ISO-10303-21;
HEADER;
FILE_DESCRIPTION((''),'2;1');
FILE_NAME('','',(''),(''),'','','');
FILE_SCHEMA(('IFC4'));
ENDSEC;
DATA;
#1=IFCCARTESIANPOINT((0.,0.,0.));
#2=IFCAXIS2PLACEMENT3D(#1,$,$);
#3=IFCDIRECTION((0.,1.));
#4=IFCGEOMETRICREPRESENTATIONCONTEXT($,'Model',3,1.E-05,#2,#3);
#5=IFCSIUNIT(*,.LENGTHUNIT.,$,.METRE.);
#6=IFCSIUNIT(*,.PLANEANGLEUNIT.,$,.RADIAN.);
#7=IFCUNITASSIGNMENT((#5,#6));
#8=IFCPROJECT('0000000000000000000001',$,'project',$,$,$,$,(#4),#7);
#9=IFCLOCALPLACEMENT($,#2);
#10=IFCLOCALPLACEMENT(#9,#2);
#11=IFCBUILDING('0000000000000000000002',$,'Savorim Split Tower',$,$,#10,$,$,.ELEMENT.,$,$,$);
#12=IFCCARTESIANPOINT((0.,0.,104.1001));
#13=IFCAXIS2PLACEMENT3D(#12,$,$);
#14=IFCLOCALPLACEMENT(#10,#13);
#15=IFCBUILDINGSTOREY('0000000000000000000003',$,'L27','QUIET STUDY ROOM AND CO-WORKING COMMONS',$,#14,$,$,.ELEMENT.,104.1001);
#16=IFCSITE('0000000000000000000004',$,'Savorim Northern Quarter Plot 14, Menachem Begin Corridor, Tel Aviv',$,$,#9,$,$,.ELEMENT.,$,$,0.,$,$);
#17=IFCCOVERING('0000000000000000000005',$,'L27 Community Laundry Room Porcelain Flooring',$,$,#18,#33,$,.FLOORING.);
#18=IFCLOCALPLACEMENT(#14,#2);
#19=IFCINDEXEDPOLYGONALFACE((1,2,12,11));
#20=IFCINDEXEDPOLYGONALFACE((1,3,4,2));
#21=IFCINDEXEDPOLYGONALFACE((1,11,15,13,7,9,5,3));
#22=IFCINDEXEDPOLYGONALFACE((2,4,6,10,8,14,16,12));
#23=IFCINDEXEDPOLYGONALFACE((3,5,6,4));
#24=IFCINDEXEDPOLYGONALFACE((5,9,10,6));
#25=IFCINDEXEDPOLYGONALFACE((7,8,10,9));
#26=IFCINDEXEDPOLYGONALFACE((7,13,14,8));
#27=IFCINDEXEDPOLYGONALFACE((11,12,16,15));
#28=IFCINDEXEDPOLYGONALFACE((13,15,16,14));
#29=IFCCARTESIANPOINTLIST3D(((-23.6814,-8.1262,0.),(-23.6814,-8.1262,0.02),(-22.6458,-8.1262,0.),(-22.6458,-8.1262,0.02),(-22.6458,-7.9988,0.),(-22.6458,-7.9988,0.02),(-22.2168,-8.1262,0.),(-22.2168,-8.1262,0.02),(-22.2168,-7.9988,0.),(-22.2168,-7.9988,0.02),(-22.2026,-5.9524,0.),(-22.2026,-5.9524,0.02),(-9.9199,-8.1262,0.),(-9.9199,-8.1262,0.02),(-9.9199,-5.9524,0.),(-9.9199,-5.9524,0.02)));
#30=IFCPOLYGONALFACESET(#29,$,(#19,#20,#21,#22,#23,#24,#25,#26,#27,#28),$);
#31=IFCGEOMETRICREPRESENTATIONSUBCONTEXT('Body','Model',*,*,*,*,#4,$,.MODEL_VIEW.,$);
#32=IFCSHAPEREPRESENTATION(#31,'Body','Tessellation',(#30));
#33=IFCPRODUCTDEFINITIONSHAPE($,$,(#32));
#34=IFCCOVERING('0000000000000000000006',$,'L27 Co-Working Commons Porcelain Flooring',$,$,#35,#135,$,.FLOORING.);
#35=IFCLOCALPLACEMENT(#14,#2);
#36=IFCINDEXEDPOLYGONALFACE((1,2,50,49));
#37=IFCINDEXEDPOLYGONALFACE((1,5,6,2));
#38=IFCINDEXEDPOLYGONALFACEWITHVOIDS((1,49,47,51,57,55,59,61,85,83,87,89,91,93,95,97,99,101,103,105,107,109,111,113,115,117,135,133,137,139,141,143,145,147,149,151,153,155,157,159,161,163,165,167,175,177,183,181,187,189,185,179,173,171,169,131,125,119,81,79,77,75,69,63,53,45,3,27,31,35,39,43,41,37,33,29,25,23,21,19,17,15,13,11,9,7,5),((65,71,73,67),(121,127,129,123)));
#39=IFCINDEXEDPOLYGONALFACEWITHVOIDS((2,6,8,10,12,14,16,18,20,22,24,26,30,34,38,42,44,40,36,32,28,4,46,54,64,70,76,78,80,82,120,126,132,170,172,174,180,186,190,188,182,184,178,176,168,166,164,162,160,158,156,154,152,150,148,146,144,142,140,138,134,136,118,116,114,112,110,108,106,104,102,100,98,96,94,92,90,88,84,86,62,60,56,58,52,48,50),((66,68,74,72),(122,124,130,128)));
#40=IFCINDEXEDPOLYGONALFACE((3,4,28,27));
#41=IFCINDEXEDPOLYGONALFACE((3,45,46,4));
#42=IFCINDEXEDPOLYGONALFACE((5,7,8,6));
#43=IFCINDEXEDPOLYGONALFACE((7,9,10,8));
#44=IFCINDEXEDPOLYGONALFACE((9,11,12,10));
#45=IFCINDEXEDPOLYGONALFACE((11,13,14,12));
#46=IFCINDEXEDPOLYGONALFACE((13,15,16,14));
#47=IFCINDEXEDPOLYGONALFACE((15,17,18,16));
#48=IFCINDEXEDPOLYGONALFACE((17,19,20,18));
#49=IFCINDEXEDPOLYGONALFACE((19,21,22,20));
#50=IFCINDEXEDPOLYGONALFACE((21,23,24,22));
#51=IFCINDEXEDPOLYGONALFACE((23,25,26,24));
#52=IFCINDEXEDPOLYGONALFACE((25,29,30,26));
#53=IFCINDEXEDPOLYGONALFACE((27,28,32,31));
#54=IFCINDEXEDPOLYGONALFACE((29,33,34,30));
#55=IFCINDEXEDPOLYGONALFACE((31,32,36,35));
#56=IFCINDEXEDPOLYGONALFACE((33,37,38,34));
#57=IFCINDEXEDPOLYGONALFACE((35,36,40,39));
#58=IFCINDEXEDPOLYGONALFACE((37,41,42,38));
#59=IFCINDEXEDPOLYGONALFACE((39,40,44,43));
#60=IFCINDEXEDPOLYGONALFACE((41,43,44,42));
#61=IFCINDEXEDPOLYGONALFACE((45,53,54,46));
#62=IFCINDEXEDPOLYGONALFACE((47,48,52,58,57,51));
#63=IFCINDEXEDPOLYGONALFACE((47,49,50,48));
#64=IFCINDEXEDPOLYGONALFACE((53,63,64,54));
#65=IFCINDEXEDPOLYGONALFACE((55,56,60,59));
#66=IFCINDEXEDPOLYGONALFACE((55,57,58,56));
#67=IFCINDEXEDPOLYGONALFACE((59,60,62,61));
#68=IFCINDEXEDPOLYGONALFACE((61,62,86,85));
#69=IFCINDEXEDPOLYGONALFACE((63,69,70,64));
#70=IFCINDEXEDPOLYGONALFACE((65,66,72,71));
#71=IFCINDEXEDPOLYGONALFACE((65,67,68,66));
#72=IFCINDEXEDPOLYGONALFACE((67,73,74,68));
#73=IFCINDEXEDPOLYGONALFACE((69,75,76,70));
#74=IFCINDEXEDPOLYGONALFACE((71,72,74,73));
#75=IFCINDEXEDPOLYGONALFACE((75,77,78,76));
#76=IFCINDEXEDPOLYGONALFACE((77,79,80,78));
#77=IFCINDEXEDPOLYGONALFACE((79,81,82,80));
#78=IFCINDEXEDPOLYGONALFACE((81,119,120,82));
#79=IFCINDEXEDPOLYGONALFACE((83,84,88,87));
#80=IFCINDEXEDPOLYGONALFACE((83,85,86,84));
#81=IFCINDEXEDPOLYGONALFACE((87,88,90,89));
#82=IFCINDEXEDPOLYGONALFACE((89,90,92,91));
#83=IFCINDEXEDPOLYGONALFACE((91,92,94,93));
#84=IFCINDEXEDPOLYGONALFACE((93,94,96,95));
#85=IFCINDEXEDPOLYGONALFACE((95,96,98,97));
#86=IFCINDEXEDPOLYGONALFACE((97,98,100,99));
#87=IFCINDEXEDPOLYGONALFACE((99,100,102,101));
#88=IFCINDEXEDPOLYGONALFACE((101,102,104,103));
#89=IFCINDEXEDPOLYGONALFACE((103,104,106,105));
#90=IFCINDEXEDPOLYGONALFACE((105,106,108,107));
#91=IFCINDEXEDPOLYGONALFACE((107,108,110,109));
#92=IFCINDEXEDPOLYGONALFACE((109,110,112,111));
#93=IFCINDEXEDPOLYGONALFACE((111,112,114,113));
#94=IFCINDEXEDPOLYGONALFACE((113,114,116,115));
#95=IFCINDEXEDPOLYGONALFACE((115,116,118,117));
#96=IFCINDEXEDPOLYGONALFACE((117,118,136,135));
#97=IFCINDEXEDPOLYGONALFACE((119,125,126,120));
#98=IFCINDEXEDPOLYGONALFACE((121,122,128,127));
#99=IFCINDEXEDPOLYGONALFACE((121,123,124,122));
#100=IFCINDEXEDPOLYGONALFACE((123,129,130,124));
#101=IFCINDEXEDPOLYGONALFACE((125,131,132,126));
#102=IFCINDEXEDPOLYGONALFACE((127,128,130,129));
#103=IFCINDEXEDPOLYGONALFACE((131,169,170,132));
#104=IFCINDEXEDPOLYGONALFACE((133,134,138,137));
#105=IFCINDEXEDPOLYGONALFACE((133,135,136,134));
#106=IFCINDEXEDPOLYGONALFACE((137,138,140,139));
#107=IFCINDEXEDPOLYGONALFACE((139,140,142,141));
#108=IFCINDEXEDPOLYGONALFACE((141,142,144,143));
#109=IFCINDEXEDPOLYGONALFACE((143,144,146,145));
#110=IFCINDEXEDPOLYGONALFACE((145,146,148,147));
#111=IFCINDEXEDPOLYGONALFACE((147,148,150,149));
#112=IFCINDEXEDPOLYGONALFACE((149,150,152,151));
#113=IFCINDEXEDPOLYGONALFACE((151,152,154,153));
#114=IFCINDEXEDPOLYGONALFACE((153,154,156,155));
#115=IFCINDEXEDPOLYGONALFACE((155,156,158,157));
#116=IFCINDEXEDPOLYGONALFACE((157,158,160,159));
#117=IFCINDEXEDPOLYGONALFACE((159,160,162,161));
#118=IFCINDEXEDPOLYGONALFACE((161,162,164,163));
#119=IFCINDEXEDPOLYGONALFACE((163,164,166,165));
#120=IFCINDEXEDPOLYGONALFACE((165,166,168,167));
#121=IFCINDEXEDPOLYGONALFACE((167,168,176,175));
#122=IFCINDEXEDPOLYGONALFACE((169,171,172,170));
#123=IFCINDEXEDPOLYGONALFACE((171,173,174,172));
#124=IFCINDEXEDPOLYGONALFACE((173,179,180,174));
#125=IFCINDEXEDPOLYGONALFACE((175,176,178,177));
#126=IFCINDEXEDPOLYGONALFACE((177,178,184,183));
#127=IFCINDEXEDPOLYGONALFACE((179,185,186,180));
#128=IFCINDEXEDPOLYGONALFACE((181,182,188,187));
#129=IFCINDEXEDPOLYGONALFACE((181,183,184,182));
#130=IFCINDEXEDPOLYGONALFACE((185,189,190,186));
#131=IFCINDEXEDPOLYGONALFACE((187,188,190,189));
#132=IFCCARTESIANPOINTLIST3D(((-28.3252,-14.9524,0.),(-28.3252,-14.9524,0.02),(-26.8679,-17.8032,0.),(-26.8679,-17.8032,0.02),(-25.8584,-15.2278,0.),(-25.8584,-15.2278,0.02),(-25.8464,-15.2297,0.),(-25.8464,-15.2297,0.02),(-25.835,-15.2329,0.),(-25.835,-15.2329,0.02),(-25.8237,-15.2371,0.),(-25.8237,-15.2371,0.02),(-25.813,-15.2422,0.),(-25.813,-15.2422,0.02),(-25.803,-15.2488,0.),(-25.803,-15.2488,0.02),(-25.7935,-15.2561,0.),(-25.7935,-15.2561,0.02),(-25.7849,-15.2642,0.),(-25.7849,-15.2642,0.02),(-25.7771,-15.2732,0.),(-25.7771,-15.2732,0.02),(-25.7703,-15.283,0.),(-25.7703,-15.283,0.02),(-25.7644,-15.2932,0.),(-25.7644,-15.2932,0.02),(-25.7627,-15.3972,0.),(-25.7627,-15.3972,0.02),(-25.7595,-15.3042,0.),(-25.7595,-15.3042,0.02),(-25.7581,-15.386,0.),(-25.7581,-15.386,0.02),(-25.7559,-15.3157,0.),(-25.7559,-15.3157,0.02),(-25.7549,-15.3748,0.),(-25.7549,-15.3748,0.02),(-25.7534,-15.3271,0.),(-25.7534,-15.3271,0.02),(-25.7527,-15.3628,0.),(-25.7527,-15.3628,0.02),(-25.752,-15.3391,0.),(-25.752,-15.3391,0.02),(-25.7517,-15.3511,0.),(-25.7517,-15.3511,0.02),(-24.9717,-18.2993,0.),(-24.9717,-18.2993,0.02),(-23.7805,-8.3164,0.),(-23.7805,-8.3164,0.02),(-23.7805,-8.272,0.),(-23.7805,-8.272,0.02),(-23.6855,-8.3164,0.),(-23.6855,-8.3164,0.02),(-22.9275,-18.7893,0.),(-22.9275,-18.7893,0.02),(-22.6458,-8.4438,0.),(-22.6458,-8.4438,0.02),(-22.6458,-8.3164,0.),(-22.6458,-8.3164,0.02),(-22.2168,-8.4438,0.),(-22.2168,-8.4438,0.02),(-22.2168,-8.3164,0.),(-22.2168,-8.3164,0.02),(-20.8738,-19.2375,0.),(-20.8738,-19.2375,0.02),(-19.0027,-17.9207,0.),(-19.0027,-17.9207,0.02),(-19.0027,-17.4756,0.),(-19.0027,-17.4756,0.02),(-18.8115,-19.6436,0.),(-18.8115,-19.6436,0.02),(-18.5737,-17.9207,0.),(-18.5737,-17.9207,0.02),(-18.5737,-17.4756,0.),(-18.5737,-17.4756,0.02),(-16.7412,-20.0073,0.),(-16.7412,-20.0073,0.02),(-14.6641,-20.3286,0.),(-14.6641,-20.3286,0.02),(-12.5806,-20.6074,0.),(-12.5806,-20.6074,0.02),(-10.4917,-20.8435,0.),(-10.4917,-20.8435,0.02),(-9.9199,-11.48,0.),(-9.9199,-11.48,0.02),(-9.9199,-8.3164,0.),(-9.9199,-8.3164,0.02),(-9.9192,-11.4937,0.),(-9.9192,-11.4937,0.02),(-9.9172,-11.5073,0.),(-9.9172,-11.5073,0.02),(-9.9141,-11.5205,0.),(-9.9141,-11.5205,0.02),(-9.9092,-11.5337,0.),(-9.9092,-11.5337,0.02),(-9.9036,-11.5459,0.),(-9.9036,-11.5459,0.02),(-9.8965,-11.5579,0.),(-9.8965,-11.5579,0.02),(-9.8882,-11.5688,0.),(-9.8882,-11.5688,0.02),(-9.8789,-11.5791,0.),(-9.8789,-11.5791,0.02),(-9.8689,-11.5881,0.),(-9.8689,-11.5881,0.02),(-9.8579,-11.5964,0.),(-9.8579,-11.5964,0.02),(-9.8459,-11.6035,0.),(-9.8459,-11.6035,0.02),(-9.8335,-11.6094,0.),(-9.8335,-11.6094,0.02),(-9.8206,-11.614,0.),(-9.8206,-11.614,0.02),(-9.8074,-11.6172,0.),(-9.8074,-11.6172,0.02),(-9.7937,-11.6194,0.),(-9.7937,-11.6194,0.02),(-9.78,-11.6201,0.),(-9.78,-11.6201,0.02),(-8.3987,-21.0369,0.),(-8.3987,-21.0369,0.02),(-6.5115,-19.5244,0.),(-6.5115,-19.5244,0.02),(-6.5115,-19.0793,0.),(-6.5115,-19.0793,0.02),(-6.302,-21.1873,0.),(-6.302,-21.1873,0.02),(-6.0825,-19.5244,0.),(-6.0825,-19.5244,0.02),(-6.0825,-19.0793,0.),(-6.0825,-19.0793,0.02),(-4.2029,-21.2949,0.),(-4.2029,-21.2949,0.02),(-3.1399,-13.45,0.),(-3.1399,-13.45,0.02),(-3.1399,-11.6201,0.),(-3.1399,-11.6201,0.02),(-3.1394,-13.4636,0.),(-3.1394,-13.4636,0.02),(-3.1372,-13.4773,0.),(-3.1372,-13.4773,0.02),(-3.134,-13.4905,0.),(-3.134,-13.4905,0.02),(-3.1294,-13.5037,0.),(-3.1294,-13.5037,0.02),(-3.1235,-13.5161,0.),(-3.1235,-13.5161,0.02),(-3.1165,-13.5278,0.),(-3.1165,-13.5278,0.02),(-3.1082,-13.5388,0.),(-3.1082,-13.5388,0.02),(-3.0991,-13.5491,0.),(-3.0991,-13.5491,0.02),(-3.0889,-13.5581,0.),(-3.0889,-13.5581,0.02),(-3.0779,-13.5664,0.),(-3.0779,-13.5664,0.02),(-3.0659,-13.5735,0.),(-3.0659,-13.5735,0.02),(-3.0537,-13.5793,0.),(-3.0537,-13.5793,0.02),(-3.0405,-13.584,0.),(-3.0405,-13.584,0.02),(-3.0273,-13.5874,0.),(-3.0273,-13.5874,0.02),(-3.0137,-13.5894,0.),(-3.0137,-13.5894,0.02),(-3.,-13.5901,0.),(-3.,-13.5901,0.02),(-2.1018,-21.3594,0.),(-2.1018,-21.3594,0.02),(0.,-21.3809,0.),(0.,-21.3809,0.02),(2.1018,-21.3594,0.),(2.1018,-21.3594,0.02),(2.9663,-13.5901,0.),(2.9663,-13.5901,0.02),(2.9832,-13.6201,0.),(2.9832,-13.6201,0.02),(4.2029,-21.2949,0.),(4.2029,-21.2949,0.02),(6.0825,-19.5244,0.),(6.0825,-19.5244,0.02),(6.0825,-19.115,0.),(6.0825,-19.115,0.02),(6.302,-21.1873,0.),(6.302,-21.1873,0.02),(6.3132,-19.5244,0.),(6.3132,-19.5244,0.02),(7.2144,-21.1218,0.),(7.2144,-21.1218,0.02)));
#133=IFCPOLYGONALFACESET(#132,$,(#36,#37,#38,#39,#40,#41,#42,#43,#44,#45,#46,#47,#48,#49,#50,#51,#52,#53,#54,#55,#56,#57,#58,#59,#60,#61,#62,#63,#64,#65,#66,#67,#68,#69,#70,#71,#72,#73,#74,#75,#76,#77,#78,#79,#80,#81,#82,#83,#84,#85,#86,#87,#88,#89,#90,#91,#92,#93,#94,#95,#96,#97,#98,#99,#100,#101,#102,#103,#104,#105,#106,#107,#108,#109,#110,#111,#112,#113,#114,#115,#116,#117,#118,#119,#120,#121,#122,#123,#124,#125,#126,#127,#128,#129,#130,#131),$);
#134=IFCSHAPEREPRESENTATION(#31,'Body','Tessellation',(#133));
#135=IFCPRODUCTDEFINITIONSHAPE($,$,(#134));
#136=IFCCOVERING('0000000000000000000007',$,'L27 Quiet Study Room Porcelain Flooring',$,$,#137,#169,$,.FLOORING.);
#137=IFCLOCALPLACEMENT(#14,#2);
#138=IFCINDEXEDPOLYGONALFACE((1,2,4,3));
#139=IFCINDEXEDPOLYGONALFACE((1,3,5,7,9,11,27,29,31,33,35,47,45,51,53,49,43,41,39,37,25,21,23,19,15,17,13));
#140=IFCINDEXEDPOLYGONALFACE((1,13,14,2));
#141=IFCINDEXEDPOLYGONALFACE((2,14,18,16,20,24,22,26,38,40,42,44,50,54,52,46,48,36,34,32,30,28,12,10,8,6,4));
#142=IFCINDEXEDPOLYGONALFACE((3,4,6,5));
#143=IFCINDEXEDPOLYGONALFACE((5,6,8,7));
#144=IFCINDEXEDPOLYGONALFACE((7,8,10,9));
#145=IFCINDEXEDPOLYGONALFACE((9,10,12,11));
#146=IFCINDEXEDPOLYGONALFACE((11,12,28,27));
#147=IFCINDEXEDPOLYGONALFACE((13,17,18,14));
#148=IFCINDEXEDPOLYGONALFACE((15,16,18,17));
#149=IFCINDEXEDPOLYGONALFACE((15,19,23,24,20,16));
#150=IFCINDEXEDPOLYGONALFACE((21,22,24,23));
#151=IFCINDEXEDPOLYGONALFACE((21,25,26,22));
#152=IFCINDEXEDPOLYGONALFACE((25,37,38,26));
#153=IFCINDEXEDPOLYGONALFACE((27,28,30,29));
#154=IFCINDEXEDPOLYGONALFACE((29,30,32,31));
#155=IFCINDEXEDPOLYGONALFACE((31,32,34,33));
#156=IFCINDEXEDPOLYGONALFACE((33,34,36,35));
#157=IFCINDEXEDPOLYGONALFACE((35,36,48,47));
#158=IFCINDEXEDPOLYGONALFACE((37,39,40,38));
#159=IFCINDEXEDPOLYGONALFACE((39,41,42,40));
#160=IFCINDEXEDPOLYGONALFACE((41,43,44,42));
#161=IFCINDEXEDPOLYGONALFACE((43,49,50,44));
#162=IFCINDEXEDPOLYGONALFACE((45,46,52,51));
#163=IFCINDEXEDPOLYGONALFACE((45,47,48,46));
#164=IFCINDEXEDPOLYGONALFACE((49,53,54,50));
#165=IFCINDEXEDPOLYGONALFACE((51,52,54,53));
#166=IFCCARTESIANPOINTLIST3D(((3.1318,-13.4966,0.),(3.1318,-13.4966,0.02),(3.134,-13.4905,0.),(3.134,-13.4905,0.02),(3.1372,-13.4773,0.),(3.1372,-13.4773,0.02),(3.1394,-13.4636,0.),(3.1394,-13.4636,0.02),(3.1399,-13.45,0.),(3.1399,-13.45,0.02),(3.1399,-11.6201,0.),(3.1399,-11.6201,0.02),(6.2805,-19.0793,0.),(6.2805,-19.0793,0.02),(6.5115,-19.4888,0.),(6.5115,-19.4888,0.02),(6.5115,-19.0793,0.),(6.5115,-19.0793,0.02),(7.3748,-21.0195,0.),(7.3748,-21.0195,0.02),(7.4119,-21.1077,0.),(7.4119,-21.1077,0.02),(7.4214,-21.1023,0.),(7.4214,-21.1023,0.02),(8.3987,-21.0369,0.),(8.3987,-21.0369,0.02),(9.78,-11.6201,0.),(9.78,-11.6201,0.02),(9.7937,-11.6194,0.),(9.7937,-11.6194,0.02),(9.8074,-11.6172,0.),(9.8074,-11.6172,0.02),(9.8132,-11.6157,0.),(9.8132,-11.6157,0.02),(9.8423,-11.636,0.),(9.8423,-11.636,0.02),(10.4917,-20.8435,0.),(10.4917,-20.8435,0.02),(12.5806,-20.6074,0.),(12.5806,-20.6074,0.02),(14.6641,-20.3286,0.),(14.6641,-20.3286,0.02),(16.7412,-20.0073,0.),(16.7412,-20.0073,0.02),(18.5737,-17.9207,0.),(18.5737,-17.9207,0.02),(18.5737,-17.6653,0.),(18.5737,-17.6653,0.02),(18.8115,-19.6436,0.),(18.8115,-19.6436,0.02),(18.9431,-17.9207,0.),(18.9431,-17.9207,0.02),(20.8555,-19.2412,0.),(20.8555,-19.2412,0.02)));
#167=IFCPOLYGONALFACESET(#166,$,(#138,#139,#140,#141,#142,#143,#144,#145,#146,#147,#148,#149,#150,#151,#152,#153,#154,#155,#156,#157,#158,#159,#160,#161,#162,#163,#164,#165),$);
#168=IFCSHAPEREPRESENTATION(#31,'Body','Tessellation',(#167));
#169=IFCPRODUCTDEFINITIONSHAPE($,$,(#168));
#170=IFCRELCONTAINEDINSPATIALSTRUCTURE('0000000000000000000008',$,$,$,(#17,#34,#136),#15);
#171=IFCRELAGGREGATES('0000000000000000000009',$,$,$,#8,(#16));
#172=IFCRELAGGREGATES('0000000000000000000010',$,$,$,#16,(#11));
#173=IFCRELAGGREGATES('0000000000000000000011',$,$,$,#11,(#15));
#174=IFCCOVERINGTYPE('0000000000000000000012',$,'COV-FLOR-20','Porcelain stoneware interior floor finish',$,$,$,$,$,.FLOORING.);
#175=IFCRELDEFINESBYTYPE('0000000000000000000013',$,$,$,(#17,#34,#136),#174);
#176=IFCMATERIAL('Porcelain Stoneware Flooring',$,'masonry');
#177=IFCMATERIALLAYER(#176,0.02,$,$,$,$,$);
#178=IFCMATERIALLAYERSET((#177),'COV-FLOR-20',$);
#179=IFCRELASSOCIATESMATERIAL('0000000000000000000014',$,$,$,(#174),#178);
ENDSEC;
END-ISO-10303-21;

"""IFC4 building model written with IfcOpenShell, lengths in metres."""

from ifc_helpers import new_model, si_unit, direction, frame, origin, place, context, subcontext, project, spatial, polyline, outline, extrude, material, layer, layer_set, type_object, element, save


model = new_model("IFC4")

# Units and contexts
model_context = context("Model", 3, precision=1e-05, world=origin(), true_north=direction((0.0, 1.0)))
body_context = subcontext(model_context, "Body", "Model", "MODEL_VIEW")
ifc_project = project(units=[si_unit("LENGTHUNIT", "METRE"), si_unit("PLANEANGLEUNIT", "RADIAN")], contexts=[model_context])

# Site, building, storey
site_placement = place(None, origin())
site = spatial("IfcSite", under=ifc_project, at=site_placement, Name="Savorim Northern Quarter Plot 14, Menachem Begin Corridor, Tel Aviv", CompositionType="ELEMENT", RefElevation=0.0)
building_placement = place(site_placement, origin())
building = spatial("IfcBuilding", under=site, at=building_placement, Name="Savorim Split Tower", CompositionType="ELEMENT")
storey_placement = place(building_placement, frame((0.0, 0.0, 104.1001)))
storey = spatial("IfcBuildingStorey", under=building, at=storey_placement, Name="L27", Description="QUIET STUDY ROOM AND CO-WORKING COMMONS", CompositionType="ELEMENT", Elevation=104.1001)

# Coverings
ifc_material_1 = material(Name="Porcelain Stoneware Flooring", Category="masonry")
ifc_layer_1 = layer(ifc_material_1, 0.02)
ifc_layer_set_1 = layer_set([ifc_layer_1], Name="COV-FLOR-20")
covering_type_1 = type_object("IfcCoveringType", Name="COV-FLOR-20", Description="Porcelain stoneware interior floor finish", PredefinedType="FLOORING", material=ifc_layer_set_1)
covering_1_placement = place(storey_placement, origin())
element("IfcCovering", 1, at=covering_1_placement, inside=storey, type_object=covering_type_1, Name="L27 Community Laundry Room Porcelain Flooring", PredefinedType="FLOORING", context=body_context, shape_type="SweptSolid", body=[
    extrude(outline(polyline([(-22.2168, -7.9988), (-22.2168, -8.1262), (-9.9199, -8.1262), (-9.9199, -5.9524), (-22.2026, -5.9524), (-23.6814, -8.1262), (-22.6458, -8.1262), (-22.6458, -7.9988), (-22.2168, -7.9988)])), origin(), (0.0, 0.0, 1.0), 0.02),
])
covering_2_placement = place(storey_placement, origin())
element("IfcCovering", 2, at=covering_2_placement, inside=storey, type_object=covering_type_1, Name="L27 Co-Working Commons Porcelain Flooring", PredefinedType="FLOORING", context=body_context, shape_type="SweptSolid", body=[
    extrude(outline(polyline([(-25.752, -15.3391), (-25.7517, -15.3511), (-25.7527, -15.3628), (-25.7549, -15.3748), (-25.7581, -15.386), (-25.7627, -15.3972), (-26.8679, -17.8032), (-24.9717, -18.2993), (-22.9275, -18.7893), (-20.8738, -19.2375), (-18.8115, -19.6436), (-16.7412, -20.0073), (-14.6641, -20.3286), (-12.5806, -20.6074), (-10.4917, -20.8435), (-8.3987, -21.0369), (-6.302, -21.1873), (-4.2029, -21.2949), (-2.1018, -21.3594), (0.0, -21.3809), (2.1018, -21.3594), (4.2029, -21.2949), (6.302, -21.1873), (7.2144, -21.1218), (6.3132, -19.5244), (6.0825, -19.5244), (6.0825, -19.115), (2.9832, -13.6201), (2.9663, -13.5901), (-3.0, -13.5901), (-3.0137, -13.5894), (-3.0273, -13.5874), (-3.0405, -13.584), (-3.0537, -13.5793), (-3.0659, -13.5735), (-3.0779, -13.5664), (-3.0889, -13.5581), (-3.0991, -13.5491), (-3.1082, -13.5388), (-3.1165, -13.5278), (-3.1235, -13.5161), (-3.1294, -13.5037), (-3.134, -13.4905), (-3.1372, -13.4773), (-3.1394, -13.4636), (-3.1399, -13.45), (-3.1399, -11.6201), (-9.78, -11.6201), (-9.7937, -11.6194), (-9.8074, -11.6172), (-9.8206, -11.614), (-9.8335, -11.6094), (-9.8459, -11.6035), (-9.8579, -11.5964), (-9.8689, -11.5881), (-9.8789, -11.5791), (-9.8882, -11.5688), (-9.8965, -11.5579), (-9.9036, -11.5459), (-9.9092, -11.5337), (-9.9141, -11.5205), (-9.9172, -11.5073), (-9.9192, -11.4937), (-9.9199, -11.48), (-9.9199, -8.3164), (-22.2168, -8.3164), (-22.2168, -8.4438), (-22.6458, -8.4438), (-22.6458, -8.3164), (-23.6855, -8.3164), (-23.7805, -8.3164), (-23.7805, -8.272), (-28.3252, -14.9524), (-25.8584, -15.2278), (-25.8464, -15.2297), (-25.835, -15.2329), (-25.8237, -15.2371), (-25.813, -15.2422), (-25.803, -15.2488), (-25.7935, -15.2561), (-25.7849, -15.2642), (-25.7771, -15.2732), (-25.7703, -15.283), (-25.7644, -15.2932), (-25.7595, -15.3042), (-25.7559, -15.3157), (-25.7534, -15.3271), (-25.752, -15.3391)]), holes=[polyline([(-19.0027, -17.9207), (-18.5737, -17.9207), (-18.5737, -17.4756), (-19.0027, -17.4756), (-19.0027, -17.9207)]), polyline([(-6.5115, -19.5244), (-6.0825, -19.5244), (-6.0825, -19.0793), (-6.5115, -19.0793), (-6.5115, -19.5244)])]), origin(), (0.0, 0.0, 1.0), 0.02),
])
covering_3_placement = place(storey_placement, origin())
element("IfcCovering", 3, at=covering_3_placement, inside=storey, type_object=covering_type_1, Name="L27 Quiet Study Room Porcelain Flooring", PredefinedType="FLOORING", context=body_context, shape_type="SweptSolid", body=[
    extrude(outline(polyline([(12.5806, -20.6074), (14.6641, -20.3286), (16.7412, -20.0073), (18.8115, -19.6436), (20.8555, -19.2412), (18.9431, -17.9207), (18.5737, -17.9207), (18.5737, -17.6653), (9.8423, -11.636), (9.8132, -11.6157), (9.8074, -11.6172), (9.7937, -11.6194), (9.78, -11.6201), (3.1399, -11.6201), (3.1399, -13.45), (3.1394, -13.4636), (3.1372, -13.4773), (3.134, -13.4905), (3.1318, -13.4966), (6.2805, -19.0793), (6.5115, -19.0793), (6.5115, -19.4888), (7.3748, -21.0195), (7.4214, -21.1023), (7.4119, -21.1077), (8.3987, -21.0369), (10.4917, -20.8435), (12.5806, -20.6074)])), origin(), (0.0, 0.0, 1.0), 0.02),
])

save(model, "model.ifc")
